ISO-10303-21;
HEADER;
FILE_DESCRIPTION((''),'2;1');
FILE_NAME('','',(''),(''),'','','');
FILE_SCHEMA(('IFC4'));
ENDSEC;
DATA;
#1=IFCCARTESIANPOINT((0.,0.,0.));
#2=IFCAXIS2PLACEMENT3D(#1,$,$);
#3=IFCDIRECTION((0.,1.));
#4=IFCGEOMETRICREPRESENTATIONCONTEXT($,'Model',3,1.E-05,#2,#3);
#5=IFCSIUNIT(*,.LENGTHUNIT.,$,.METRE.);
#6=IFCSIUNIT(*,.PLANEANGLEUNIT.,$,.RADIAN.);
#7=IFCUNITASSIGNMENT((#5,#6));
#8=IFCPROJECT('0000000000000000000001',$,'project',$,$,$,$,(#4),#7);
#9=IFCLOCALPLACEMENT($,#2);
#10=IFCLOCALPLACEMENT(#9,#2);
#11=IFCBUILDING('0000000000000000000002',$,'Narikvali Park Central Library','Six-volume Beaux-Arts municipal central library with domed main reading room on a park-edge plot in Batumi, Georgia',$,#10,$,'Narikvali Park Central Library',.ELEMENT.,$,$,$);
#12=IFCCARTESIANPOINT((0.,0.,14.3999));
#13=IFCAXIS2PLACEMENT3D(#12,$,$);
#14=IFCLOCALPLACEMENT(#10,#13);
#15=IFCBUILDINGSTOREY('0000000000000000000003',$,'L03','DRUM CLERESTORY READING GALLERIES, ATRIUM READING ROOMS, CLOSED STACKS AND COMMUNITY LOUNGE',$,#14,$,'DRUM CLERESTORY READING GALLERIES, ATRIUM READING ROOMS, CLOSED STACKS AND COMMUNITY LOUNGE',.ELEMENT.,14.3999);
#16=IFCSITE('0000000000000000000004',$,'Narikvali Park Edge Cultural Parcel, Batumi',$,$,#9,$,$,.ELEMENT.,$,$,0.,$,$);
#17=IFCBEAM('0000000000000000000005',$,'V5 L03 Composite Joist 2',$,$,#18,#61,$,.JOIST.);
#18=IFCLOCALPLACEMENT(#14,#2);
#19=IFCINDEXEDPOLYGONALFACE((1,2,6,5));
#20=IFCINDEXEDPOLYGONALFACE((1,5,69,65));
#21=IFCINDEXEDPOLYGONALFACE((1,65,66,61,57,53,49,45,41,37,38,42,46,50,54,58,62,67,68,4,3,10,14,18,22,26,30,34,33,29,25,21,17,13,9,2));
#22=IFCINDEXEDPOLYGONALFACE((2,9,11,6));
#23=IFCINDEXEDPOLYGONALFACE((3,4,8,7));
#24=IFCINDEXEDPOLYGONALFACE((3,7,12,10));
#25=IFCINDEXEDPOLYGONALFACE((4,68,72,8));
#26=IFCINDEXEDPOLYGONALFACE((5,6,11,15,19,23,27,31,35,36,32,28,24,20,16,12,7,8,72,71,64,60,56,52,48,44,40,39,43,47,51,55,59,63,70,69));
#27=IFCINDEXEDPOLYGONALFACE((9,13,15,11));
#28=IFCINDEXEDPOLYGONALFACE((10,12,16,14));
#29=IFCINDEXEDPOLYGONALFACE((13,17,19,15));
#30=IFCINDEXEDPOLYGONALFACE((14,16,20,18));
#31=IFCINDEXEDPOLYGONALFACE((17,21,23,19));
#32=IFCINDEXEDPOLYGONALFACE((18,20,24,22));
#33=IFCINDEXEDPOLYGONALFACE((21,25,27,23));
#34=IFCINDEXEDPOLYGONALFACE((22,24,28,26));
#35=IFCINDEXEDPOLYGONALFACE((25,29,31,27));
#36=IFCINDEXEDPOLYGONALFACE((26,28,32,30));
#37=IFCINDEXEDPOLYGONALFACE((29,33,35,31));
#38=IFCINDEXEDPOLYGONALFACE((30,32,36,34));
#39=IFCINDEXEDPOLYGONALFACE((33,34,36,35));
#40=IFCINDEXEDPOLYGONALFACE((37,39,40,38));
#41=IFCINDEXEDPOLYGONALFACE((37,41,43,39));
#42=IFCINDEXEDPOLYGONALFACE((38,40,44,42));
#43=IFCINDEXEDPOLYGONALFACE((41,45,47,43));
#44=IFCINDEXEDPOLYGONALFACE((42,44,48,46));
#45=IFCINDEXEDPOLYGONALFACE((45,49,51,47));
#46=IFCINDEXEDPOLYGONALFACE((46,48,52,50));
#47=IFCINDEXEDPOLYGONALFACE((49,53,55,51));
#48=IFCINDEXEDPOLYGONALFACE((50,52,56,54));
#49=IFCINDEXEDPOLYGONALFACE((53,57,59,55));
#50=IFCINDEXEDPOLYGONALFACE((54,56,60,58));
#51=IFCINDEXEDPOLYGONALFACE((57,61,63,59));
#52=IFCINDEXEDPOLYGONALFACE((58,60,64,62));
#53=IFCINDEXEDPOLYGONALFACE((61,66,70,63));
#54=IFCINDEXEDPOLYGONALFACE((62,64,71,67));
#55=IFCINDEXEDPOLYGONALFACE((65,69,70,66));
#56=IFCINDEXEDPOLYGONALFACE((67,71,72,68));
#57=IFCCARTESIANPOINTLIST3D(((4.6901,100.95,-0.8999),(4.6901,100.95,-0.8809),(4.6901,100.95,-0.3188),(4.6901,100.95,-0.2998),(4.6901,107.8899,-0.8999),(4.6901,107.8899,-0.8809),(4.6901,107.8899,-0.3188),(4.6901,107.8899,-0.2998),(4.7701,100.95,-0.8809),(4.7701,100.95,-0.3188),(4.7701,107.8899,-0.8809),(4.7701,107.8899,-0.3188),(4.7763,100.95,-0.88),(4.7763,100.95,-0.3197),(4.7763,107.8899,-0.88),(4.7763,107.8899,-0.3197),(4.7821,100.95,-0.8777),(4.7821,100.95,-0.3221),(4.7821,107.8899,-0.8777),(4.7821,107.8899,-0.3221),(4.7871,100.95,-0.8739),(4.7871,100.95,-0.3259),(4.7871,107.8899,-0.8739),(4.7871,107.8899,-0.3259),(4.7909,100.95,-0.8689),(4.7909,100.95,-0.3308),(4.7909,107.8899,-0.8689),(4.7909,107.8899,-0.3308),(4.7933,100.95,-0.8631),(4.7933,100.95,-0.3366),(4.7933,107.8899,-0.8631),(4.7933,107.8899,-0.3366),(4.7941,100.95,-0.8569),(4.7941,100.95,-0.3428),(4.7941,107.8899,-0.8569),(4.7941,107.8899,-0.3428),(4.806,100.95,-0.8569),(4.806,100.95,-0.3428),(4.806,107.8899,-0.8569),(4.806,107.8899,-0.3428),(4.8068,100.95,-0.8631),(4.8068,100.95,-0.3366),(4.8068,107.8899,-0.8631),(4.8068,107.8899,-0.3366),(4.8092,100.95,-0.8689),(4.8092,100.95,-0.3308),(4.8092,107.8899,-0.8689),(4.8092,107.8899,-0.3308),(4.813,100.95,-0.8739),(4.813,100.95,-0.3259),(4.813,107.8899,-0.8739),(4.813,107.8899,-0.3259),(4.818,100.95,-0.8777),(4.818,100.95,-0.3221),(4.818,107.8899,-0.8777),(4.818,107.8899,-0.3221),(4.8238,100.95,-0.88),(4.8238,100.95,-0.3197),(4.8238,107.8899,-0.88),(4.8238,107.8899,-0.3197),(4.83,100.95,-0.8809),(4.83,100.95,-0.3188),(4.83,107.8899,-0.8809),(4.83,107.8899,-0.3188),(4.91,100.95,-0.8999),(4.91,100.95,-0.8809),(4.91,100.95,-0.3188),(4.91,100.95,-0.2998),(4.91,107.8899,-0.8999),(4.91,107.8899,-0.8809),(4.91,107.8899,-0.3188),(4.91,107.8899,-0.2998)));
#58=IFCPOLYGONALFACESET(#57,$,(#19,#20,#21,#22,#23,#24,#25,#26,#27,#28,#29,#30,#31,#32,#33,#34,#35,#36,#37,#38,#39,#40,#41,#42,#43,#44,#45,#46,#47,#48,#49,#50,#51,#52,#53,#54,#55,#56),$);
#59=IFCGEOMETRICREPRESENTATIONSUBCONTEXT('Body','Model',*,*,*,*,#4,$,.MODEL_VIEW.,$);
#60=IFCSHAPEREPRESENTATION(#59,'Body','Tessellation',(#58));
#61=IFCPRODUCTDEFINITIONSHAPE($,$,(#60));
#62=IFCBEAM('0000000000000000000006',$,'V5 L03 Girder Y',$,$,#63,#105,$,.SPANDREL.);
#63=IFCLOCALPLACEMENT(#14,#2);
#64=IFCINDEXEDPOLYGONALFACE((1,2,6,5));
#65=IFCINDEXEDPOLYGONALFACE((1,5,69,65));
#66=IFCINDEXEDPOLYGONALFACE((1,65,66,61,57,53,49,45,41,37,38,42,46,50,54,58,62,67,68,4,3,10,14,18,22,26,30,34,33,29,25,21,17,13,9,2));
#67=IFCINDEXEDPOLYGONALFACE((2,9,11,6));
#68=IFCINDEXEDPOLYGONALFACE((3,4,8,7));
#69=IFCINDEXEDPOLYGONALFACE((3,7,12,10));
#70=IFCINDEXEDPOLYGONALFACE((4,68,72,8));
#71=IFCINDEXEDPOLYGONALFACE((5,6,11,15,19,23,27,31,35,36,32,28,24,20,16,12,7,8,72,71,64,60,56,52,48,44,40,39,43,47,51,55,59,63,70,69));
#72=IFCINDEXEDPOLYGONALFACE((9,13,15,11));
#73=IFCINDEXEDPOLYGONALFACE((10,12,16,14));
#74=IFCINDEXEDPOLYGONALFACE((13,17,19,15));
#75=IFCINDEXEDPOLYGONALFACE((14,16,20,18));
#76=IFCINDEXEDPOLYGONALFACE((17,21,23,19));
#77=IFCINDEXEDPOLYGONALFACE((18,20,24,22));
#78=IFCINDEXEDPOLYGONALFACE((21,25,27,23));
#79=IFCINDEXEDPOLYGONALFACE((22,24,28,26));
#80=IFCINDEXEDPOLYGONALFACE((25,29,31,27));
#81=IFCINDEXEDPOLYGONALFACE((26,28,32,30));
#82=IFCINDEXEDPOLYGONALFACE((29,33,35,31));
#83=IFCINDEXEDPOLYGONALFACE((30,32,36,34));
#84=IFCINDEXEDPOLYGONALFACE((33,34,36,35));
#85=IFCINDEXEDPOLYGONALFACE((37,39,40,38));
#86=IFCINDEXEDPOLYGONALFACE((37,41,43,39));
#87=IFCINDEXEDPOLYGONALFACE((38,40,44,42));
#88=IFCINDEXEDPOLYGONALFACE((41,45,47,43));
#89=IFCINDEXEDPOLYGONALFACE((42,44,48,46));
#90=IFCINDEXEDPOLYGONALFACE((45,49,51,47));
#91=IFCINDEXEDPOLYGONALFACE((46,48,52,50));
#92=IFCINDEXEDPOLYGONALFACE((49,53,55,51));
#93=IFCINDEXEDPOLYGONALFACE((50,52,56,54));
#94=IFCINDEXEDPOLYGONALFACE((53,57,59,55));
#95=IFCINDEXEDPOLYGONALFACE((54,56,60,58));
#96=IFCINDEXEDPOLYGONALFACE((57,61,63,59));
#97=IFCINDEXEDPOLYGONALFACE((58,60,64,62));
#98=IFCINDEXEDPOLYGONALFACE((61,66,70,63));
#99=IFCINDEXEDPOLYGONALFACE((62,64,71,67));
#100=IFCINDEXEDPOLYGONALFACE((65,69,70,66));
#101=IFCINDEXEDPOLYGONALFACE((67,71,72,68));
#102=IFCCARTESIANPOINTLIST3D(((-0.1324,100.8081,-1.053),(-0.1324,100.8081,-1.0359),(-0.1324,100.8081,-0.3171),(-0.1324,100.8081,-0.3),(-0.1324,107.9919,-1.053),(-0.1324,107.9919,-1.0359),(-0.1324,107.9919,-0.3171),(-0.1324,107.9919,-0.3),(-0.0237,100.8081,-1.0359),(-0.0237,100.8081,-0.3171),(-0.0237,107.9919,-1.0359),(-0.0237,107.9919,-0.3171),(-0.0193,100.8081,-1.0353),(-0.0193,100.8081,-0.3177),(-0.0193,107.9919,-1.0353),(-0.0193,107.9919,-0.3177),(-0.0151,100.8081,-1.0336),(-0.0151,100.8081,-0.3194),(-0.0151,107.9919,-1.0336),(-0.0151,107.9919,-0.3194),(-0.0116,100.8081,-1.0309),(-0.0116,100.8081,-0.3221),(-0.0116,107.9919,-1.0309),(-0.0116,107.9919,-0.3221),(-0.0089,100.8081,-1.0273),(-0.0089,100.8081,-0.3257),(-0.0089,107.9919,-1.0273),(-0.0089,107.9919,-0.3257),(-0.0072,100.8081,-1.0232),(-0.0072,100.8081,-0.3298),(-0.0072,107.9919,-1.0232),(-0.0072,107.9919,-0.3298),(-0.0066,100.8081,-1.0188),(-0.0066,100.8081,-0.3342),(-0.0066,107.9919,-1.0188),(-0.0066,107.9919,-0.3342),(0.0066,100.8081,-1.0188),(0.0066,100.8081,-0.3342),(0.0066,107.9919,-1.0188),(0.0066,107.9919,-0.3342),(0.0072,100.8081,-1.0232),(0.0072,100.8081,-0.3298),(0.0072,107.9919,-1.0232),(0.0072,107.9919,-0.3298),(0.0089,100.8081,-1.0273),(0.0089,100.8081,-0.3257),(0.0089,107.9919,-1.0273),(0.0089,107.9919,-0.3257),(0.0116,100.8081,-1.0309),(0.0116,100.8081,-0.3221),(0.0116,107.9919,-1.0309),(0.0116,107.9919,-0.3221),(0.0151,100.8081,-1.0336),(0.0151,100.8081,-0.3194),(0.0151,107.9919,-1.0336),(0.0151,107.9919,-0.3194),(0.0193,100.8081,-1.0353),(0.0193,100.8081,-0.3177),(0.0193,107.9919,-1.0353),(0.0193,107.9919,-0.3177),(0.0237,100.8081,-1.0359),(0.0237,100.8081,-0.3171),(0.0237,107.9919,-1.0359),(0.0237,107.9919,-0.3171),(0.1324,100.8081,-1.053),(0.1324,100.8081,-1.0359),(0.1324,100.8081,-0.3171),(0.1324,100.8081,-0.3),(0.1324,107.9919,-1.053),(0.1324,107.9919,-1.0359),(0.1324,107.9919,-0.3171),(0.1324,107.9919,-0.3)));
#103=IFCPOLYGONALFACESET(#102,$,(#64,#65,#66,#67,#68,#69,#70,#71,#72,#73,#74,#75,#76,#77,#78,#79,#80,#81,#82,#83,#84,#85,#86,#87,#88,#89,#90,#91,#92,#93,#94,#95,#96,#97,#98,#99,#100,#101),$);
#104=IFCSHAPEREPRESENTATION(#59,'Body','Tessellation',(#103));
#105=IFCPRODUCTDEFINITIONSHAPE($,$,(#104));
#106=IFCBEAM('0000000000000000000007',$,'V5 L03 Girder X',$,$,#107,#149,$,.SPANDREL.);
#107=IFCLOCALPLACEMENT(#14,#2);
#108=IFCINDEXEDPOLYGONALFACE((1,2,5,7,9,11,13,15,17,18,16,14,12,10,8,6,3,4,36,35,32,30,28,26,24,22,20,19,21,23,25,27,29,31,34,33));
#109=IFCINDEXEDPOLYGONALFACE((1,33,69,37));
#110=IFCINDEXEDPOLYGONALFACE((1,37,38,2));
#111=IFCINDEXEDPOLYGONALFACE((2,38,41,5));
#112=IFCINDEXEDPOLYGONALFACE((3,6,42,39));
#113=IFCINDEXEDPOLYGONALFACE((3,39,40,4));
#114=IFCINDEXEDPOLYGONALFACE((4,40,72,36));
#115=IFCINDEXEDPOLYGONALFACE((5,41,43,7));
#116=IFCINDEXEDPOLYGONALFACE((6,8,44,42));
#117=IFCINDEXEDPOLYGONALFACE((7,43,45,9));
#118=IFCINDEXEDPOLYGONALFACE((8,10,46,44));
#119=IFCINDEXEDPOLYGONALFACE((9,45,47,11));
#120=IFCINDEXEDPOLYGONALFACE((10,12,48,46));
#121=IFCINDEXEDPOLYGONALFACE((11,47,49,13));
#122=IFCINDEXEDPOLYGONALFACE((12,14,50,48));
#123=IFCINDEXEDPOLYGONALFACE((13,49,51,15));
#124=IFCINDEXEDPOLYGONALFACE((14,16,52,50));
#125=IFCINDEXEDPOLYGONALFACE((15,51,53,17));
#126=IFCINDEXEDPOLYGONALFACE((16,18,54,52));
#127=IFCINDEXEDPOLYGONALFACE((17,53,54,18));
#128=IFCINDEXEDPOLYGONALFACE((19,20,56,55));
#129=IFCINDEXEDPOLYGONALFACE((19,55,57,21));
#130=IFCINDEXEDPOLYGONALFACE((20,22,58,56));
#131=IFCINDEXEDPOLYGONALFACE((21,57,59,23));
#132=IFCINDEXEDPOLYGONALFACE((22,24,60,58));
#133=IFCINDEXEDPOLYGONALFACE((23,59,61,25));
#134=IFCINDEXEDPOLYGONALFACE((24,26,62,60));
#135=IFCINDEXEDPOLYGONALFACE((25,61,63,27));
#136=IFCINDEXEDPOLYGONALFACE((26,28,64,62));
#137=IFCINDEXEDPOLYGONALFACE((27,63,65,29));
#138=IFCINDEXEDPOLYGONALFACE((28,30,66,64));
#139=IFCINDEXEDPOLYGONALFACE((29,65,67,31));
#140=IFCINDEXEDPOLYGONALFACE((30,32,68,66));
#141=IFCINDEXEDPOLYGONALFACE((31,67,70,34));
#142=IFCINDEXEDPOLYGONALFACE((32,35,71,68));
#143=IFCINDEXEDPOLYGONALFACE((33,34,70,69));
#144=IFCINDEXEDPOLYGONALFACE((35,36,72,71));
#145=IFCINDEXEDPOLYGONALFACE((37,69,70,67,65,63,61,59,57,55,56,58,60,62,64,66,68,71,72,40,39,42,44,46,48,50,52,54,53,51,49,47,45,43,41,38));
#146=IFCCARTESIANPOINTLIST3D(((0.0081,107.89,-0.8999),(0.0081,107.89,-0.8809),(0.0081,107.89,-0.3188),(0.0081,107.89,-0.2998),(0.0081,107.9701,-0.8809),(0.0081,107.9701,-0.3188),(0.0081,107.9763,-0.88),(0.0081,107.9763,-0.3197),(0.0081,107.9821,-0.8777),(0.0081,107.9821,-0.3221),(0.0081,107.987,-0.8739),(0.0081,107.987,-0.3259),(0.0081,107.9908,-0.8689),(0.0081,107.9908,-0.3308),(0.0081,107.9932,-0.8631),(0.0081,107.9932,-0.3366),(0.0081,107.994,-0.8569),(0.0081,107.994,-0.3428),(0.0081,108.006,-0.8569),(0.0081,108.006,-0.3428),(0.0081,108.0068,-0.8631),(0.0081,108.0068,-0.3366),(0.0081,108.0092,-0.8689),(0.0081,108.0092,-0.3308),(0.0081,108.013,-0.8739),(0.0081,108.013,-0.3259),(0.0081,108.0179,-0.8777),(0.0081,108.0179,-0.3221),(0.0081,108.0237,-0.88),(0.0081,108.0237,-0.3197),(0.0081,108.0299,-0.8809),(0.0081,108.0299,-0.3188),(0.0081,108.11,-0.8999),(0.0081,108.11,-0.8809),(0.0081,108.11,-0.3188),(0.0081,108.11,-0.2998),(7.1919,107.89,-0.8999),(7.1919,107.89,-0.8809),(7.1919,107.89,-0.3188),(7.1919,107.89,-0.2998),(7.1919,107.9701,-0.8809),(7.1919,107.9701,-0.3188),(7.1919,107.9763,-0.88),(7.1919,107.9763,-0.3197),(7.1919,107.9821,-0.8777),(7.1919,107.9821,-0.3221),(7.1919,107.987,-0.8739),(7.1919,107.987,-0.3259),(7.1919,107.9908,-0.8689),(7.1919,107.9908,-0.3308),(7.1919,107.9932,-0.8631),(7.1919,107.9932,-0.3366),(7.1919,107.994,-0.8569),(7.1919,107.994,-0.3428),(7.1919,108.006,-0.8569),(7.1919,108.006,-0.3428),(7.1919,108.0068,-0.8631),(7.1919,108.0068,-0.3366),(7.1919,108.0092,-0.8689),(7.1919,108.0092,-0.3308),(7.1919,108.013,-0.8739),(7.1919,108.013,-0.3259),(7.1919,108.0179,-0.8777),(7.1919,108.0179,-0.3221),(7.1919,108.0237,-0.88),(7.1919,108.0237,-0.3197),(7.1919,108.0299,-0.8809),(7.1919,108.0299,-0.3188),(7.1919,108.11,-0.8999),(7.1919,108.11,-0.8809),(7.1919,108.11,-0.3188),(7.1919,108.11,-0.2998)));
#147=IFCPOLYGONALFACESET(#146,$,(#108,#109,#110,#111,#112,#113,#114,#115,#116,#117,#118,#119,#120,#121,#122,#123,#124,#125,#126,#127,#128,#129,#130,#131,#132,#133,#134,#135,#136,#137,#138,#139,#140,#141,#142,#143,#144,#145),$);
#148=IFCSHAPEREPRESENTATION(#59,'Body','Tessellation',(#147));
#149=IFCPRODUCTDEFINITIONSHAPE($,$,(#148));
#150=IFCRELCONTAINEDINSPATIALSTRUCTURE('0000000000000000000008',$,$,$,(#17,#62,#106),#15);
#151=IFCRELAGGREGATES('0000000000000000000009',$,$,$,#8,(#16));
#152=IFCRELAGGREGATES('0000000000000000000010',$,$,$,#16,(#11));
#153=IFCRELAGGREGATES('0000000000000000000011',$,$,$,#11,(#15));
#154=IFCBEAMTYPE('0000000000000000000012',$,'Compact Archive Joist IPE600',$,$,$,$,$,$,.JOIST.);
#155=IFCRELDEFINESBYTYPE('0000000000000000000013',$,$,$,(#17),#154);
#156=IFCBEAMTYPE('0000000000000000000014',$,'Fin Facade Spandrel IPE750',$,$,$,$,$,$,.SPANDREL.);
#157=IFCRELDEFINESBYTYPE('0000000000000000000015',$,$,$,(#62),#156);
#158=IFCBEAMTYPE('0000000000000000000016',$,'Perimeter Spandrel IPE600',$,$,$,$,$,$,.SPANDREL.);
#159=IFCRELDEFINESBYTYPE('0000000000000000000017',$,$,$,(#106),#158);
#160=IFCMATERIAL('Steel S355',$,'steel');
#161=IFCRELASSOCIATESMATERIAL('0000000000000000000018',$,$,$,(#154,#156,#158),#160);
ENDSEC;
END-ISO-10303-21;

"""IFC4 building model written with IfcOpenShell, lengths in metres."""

from ifc_helpers import new_model, si_unit, direction, frame, origin, origin_2d, place, context, subcontext, project, spatial, i_section, extrude, material, material_profile, profile_set, type_object, element, save


model = new_model("IFC4")

# Units and contexts
model_context = context("Model", 3, precision=1e-05, world=origin(), true_north=direction((0.0, 1.0)))
body_context = subcontext(model_context, "Body", "Model", "MODEL_VIEW")
ifc_project = project(units=[si_unit("LENGTHUNIT", "METRE"), si_unit("PLANEANGLEUNIT", "RADIAN")], contexts=[model_context])

# Site, building, storey
site_placement = place(None, origin())
site = spatial("IfcSite", under=ifc_project, at=site_placement, Name="Narikvali Park Edge Cultural Parcel, Batumi", CompositionType="ELEMENT", RefElevation=0.0)
building_placement = place(site_placement, origin())
building = spatial("IfcBuilding", under=site, at=building_placement, Name="Narikvali Park Central Library", Description="Six-volume Beaux-Arts municipal central library with domed main reading room on a park-edge plot in Batumi, Georgia", LongName="Narikvali Park Central Library", CompositionType="ELEMENT")
storey_placement = place(building_placement, frame((0.0, 0.0, 14.3999)))
storey = spatial("IfcBuildingStorey", under=building, at=storey_placement, Name="L03", Description="DRUM CLERESTORY READING GALLERIES, ATRIUM READING ROOMS, CLOSED STACKS AND COMMUNITY LOUNGE", LongName="DRUM CLERESTORY READING GALLERIES, ATRIUM READING ROOMS, CLOSED STACKS AND COMMUNITY LOUNGE", CompositionType="ELEMENT", Elevation=14.3999)

# Shared definitions
ifc_material_1 = material(Name="Steel S355", Category="steel")

# Beams
ifc_material_profile_1 = material_profile(ifc_material_1, i_section(OverallWidth=0.22, OverallDepth=0.6001, WebThickness=0.012, FlangeThickness=0.019, FilletRadius=0.0239, at=origin_2d()), Name="IPE 600")
ifc_profile_set_1 = profile_set([ifc_material_profile_1], Name="Steel S355")
beam_type_1 = type_object("IfcBeamType", Name="Compact Archive Joist IPE600", PredefinedType="JOIST", material=ifc_profile_set_1)
for number, where, z_axis, x_axis, name in (
    (1, (4.8, 100.95, -0.5999), (0.0, 1.0, 0.0), (-1.0, 0.0, 0.0), "V5 L03 Composite Joist 2"),
):
    element("IfcBeam", number, at=place(storey_placement, frame(where, z_axis=z_axis, x_axis=x_axis)), inside=storey, type_object=beam_type_1, Name=name, PredefinedType="JOIST", context=body_context, shape_type="SweptSolid", body=[
        extrude(i_section(OverallWidth=0.22, OverallDepth=0.6001, WebThickness=0.012, FlangeThickness=0.019, FilletRadius=0.0239, at=origin_2d()), origin(), (0.0, 0.0, 1.0), 6.9399),
    ])
ifc_material_profile_2 = material_profile(ifc_material_1, i_section(OverallWidth=0.2649, OverallDepth=0.7529, WebThickness=0.0132, FlangeThickness=0.0171, FilletRadius=0.0171, at=origin_2d()), Name="IPE 750x147")
ifc_profile_set_2 = profile_set([ifc_material_profile_2], Name="Steel S355")
beam_type_2 = type_object("IfcBeamType", Name="Fin Facade Spandrel IPE750", PredefinedType="SPANDREL", material=ifc_profile_set_2)
beam_1_placement = place(storey_placement, frame((0.0, 100.8081, -0.6765), z_axis=(0.0, 1.0, 0.0), x_axis=(-1.0, 0.0, 0.0)))
element("IfcBeam", 2, at=beam_1_placement, inside=storey, type_object=beam_type_2, Name="V5 L03 Girder Y", PredefinedType="SPANDREL", context=body_context, shape_type="SweptSolid", body=[
    extrude(i_section(OverallWidth=0.2649, OverallDepth=0.7529, WebThickness=0.0132, FlangeThickness=0.0171, FilletRadius=0.0171, at=origin_2d()), origin(), (0.0, 0.0, 1.0), 7.1838),
])
ifc_material_profile_3 = material_profile(ifc_material_1, i_section(OverallWidth=0.22, OverallDepth=0.6001, WebThickness=0.012, FlangeThickness=0.019, FilletRadius=0.0239, at=origin_2d()), Name="IPE 600")
ifc_profile_set_3 = profile_set([ifc_material_profile_3], Name="Steel S355")
beam_type_3 = type_object("IfcBeamType", Name="Perimeter Spandrel IPE600", PredefinedType="SPANDREL", material=ifc_profile_set_3)
beam_2_placement = place(storey_placement, frame((0.0081, 108.0, -0.5999), z_axis=(1.0, 0.0, 0.0), x_axis=(0.0, 1.0, 0.0)))
element("IfcBeam", 3, at=beam_2_placement, inside=storey, type_object=beam_type_3, Name="V5 L03 Girder X", PredefinedType="SPANDREL", context=body_context, shape_type="SweptSolid", body=[
    extrude(i_section(OverallWidth=0.22, OverallDepth=0.6001, WebThickness=0.012, FlangeThickness=0.019, FilletRadius=0.0239, at=origin_2d()), origin(), (0.0, 0.0, 1.0), 7.1838),
])

save(model, "model.ifc")
